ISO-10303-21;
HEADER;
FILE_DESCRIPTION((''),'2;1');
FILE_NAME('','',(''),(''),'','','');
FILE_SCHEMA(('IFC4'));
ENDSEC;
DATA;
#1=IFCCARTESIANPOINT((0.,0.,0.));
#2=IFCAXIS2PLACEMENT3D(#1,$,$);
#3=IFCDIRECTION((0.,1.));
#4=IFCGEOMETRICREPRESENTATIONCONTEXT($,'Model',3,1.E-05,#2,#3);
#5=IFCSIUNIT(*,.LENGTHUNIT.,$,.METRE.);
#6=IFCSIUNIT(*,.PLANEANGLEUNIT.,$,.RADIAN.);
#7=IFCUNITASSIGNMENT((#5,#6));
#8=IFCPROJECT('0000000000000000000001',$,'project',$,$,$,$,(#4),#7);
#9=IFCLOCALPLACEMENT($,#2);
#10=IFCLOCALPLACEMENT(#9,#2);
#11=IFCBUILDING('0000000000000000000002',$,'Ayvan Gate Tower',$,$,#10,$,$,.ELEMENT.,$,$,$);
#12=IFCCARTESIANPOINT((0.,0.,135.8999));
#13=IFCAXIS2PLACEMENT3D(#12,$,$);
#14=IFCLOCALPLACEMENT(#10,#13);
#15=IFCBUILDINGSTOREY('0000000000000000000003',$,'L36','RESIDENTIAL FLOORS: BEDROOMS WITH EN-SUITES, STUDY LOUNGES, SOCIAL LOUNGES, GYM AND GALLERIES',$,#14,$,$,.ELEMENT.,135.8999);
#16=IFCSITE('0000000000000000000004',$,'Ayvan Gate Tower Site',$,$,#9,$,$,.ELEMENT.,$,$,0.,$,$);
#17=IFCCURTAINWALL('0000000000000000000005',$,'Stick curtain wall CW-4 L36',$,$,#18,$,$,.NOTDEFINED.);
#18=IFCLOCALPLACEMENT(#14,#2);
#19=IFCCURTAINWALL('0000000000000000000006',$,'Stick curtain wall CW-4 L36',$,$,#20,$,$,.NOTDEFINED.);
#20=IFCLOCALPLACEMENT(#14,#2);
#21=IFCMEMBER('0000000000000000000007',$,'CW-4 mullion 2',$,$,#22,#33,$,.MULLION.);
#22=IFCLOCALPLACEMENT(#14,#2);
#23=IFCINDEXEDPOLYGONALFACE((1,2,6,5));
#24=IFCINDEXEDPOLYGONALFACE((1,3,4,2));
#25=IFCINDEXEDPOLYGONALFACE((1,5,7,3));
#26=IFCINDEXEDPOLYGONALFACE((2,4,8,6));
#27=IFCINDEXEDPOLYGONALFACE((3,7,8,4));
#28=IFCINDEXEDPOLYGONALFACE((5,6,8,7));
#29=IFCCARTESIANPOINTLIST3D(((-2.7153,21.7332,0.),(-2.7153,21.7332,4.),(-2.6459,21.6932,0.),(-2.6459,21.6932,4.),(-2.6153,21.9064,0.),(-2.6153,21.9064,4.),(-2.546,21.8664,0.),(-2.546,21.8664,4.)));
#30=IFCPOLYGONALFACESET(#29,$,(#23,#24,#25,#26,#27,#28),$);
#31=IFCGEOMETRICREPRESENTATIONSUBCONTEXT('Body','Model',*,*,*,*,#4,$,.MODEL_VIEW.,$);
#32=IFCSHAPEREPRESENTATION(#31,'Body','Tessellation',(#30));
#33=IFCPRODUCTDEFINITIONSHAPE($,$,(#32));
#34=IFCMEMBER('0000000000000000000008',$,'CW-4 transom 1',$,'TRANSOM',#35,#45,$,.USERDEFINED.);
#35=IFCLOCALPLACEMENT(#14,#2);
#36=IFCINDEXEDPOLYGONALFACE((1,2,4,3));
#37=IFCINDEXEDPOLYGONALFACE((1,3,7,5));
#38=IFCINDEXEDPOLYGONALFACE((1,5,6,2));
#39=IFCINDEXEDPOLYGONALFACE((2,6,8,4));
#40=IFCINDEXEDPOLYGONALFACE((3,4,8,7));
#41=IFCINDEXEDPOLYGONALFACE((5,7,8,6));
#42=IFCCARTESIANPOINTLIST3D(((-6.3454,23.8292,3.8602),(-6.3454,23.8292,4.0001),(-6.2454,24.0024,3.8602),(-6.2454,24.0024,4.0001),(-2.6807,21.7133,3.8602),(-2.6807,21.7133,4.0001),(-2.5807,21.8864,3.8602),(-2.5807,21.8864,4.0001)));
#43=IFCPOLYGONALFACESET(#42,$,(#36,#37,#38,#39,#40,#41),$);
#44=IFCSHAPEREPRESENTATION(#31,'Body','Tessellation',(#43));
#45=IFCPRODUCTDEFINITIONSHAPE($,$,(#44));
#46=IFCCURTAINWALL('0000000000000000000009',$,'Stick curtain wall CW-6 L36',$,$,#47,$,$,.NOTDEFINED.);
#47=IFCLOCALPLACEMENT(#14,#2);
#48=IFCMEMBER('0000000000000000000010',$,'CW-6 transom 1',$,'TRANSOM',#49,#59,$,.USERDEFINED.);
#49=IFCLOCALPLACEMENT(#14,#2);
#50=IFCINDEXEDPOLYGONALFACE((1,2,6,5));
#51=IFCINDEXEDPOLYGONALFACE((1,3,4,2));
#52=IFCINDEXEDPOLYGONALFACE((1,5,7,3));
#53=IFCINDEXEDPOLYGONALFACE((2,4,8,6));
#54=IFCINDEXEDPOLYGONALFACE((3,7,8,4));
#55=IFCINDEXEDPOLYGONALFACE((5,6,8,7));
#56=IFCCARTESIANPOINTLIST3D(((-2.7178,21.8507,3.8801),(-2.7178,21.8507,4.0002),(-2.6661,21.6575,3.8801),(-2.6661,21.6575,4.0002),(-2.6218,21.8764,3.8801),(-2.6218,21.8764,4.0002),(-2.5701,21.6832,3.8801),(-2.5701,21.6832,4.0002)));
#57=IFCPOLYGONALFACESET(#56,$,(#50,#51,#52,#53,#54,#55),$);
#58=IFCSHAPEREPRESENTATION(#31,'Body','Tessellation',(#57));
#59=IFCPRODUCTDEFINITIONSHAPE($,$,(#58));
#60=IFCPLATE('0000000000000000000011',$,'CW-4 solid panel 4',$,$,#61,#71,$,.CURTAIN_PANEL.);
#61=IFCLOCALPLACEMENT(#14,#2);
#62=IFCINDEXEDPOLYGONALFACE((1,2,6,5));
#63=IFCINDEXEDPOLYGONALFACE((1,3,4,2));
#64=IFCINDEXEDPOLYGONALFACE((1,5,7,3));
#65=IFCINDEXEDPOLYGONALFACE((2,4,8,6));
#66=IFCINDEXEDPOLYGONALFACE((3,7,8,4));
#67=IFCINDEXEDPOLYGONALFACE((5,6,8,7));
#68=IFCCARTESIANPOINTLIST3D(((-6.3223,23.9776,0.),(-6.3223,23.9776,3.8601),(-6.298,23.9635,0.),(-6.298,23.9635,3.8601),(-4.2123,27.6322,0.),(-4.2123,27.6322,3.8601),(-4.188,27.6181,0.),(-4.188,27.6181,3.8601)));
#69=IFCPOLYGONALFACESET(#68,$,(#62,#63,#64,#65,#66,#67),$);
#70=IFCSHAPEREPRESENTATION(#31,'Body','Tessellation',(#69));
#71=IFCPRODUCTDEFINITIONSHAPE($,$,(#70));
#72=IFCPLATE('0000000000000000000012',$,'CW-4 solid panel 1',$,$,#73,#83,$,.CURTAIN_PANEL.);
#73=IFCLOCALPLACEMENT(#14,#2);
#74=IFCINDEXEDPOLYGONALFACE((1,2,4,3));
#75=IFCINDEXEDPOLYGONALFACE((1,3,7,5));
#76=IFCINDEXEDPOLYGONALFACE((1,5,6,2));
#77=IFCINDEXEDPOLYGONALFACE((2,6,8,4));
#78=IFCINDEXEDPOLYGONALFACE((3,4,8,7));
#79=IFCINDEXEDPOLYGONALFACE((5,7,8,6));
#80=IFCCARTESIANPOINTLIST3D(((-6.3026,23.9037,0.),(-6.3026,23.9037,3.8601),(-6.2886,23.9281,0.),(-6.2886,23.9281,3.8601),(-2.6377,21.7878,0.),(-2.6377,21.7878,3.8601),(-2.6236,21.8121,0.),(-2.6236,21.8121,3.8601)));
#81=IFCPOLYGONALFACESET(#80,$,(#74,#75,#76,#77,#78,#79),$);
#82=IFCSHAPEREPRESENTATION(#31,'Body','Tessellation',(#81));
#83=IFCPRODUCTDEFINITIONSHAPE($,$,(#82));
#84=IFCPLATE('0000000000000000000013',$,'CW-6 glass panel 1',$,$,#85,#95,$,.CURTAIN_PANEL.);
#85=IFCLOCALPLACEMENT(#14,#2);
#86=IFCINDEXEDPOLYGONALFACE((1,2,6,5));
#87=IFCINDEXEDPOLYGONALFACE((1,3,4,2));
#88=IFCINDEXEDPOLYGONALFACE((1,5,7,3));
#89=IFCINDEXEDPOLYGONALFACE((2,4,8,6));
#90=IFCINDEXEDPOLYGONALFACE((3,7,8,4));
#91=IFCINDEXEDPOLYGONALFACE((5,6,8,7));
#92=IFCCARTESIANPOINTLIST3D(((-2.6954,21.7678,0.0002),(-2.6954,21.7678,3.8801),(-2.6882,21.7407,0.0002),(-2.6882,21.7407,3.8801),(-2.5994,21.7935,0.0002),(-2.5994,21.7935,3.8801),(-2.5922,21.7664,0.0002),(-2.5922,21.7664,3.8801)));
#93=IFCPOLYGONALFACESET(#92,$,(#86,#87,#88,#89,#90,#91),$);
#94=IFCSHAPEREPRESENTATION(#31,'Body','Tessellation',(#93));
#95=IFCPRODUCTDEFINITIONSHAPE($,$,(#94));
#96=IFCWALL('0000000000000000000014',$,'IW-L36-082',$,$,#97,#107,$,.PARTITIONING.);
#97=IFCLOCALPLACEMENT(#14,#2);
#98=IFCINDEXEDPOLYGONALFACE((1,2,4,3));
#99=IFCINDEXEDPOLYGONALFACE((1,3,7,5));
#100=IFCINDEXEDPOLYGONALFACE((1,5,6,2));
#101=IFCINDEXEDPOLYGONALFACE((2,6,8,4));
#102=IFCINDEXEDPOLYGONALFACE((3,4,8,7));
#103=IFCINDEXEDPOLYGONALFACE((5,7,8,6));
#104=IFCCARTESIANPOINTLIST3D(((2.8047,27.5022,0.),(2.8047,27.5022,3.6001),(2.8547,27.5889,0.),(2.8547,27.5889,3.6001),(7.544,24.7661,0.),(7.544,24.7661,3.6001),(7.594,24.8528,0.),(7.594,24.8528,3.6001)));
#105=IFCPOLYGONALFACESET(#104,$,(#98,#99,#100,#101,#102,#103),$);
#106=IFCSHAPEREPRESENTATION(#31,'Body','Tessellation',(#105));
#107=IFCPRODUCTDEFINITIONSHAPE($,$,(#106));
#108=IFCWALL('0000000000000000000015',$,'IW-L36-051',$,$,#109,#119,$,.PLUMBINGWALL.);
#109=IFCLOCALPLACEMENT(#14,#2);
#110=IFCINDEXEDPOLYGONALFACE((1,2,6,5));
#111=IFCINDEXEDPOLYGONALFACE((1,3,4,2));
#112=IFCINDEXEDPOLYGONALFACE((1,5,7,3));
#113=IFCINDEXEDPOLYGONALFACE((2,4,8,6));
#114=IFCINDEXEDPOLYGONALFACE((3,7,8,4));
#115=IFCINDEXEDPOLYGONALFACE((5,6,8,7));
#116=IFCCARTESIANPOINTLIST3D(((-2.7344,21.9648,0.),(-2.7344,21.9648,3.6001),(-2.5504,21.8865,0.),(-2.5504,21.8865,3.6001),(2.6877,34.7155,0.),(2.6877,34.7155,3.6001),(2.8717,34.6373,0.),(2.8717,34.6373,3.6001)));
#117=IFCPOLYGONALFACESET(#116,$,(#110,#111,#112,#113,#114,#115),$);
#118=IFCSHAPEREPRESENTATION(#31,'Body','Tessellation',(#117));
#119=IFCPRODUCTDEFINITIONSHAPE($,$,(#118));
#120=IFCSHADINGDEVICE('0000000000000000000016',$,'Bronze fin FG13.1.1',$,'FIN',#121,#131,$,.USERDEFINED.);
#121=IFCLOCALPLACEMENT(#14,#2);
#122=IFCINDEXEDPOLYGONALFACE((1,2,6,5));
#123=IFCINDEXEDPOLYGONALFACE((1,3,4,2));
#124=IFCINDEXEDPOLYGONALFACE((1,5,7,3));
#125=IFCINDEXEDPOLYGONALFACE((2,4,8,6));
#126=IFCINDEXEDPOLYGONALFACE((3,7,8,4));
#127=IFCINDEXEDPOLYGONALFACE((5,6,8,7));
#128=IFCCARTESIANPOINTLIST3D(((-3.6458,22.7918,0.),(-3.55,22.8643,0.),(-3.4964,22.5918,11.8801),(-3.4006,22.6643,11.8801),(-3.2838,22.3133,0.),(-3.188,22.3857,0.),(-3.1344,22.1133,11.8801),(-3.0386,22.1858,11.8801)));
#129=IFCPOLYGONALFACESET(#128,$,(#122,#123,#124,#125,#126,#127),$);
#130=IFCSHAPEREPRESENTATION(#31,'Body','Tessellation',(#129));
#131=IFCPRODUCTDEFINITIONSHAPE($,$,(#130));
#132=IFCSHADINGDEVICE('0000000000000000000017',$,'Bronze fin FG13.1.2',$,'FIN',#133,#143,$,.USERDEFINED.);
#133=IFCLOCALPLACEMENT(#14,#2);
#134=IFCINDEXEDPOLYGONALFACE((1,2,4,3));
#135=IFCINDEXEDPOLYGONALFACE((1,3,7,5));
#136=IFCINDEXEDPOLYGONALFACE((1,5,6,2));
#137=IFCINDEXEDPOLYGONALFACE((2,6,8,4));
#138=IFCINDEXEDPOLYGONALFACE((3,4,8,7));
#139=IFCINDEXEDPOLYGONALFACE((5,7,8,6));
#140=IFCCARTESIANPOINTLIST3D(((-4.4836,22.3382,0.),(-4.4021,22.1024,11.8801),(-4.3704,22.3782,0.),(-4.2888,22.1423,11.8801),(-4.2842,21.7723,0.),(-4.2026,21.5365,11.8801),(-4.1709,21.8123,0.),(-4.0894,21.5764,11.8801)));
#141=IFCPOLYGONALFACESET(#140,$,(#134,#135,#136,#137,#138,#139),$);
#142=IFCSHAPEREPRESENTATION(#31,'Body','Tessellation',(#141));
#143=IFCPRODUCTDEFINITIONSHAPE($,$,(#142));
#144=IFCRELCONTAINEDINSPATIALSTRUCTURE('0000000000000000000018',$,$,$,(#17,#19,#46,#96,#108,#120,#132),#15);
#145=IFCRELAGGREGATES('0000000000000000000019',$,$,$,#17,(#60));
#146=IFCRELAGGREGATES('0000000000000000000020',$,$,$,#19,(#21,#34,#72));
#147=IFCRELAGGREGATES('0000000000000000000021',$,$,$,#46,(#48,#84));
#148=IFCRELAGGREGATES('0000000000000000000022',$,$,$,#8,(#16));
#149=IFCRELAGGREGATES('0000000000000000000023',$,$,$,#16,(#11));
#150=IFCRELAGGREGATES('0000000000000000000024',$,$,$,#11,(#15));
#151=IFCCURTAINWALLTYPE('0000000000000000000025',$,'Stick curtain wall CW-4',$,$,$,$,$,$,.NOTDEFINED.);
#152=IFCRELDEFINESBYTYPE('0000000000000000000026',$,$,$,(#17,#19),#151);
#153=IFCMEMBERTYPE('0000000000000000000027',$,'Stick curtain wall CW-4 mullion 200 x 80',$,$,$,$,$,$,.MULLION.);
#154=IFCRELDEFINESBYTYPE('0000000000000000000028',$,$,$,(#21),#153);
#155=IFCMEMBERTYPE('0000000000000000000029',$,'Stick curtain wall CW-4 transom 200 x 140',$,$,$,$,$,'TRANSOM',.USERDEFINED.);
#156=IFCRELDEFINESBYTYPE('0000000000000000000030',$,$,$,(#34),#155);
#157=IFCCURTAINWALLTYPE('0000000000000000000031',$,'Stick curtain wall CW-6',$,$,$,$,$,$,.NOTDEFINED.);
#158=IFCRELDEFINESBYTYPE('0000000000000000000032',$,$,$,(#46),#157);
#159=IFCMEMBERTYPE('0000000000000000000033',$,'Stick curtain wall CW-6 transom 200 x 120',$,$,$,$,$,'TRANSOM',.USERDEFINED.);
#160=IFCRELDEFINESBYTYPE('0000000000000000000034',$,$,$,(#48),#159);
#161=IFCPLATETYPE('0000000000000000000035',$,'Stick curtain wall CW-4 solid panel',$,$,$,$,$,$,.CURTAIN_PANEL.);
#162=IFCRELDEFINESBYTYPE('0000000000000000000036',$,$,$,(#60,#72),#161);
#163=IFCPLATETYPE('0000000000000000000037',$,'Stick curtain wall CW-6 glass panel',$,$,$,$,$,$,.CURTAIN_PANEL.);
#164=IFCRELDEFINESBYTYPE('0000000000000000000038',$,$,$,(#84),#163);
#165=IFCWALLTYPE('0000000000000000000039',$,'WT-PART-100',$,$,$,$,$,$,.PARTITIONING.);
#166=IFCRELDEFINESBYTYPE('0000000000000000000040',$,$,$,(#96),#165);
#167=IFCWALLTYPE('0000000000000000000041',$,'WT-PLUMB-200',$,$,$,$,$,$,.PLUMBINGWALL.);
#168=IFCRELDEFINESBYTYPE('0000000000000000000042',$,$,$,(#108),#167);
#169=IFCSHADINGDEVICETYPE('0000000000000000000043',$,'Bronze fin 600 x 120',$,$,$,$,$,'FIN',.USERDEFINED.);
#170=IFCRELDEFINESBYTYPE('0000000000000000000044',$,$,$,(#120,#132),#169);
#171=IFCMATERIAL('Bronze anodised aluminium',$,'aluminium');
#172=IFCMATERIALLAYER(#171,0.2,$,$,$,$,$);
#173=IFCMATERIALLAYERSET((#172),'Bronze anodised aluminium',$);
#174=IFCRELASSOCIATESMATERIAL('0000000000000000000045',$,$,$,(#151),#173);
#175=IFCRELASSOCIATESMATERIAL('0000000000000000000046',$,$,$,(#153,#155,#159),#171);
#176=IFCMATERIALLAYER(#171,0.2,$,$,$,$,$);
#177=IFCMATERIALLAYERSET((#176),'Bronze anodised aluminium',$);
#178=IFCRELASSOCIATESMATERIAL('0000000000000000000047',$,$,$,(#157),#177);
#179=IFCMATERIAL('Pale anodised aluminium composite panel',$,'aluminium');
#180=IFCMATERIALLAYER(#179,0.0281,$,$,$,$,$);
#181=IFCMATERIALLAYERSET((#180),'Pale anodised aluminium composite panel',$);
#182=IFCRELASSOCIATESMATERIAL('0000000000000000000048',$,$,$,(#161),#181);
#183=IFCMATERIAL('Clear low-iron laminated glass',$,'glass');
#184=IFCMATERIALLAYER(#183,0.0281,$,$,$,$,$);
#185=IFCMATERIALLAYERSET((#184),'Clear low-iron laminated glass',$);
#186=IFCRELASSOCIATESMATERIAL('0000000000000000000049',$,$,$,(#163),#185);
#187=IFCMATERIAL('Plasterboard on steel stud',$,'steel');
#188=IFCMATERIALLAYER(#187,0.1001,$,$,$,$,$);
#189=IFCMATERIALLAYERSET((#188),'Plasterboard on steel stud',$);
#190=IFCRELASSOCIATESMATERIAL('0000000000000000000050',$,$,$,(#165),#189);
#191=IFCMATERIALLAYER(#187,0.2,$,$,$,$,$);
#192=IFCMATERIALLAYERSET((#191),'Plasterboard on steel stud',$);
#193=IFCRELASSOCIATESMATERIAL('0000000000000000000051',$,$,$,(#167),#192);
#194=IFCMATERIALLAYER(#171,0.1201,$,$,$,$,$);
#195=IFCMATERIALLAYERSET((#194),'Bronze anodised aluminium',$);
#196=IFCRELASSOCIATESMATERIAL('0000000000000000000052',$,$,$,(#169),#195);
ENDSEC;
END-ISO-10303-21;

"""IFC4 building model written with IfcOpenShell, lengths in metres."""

from ifc_helpers import new_model, si_unit, direction, frame, frame_2d, origin, origin_2d, place, context, subcontext, project, spatial, polyline, rectangle, outline, extrude, material, layer, layer_set, material_profile, profile_set, type_object, element, aggregate, save


model = new_model("IFC4")

# Units and contexts
model_context = context("Model", 3, precision=1e-05, world=origin(), true_north=direction((0.0, 1.0)))
body_context = subcontext(model_context, "Body", "Model", "MODEL_VIEW")
ifc_project = project(units=[si_unit("LENGTHUNIT", "METRE"), si_unit("PLANEANGLEUNIT", "RADIAN")], contexts=[model_context])

# Site, building, storey
site_placement = place(None, origin())
site = spatial("IfcSite", under=ifc_project, at=site_placement, Name="Ayvan Gate Tower Site", CompositionType="ELEMENT", RefElevation=0.0)
building_placement = place(site_placement, origin())
building = spatial("IfcBuilding", under=site, at=building_placement, Name="Ayvan Gate Tower", CompositionType="ELEMENT")
storey_placement = place(building_placement, frame((0.0, 0.0, 135.8999)))
storey = spatial("IfcBuildingStorey", under=building, at=storey_placement, Name="L36", Description="RESIDENTIAL FLOORS: BEDROOMS WITH EN-SUITES, STUDY LOUNGES, SOCIAL LOUNGES, GYM AND GALLERIES", CompositionType="ELEMENT", Elevation=135.8999)

# Shared definitions
ifc_material_1 = material(Name="Bronze anodised aluminium", Category="aluminium")

# Curtain walls, members
ifc_layer_1 = layer(ifc_material_1, 0.2)
ifc_layer_set_1 = layer_set([ifc_layer_1], Name="Bronze anodised aluminium")
curtain_wall_type_1 = type_object("IfcCurtainWallType", Name="Stick curtain wall CW-4", PredefinedType="NOTDEFINED", material=ifc_layer_set_1)
curtain_wall_1_placement = place(storey_placement, origin())
curtain_wall_1 = element("IfcCurtainWall", 1, at=curtain_wall_1_placement, inside=storey, type_object=curtain_wall_type_1, Name="Stick curtain wall CW-4 L36", PredefinedType="NOTDEFINED")
ifc_material_profile_1 = material_profile(ifc_material_1, rectangle(XDim=0.2, YDim=0.0801, at=origin_2d()), Name="Stick curtain wall CW-4 mullion 200 x 80")
ifc_profile_set_1 = profile_set([ifc_material_profile_1], Name="Bronze anodised aluminium")
member_type_1 = type_object("IfcMemberType", Name="Stick curtain wall CW-4 mullion 200 x 80", PredefinedType="MULLION", material=ifc_profile_set_1)
curtain_wall_2_placement = place(storey_placement, origin())
curtain_wall_2 = element("IfcCurtainWall", 2, at=curtain_wall_2_placement, inside=storey, type_object=curtain_wall_type_1, Name="Stick curtain wall CW-4 L36", PredefinedType="NOTDEFINED")
member_1_placement = place(storey_placement, frame((-2.6306, 21.7998, 0.0), z_axis=(0.0, 0.0, 1.0), x_axis=(-0.5, -0.866025, 0.0)))
member_1 = element("IfcMember", 3, at=member_1_placement, type_object=member_type_1, Name="CW-4 mullion 2", PredefinedType="MULLION", context=body_context, shape_type="SweptSolid", body=[
    extrude(rectangle(XDim=0.2, YDim=0.0801, at=origin_2d()), origin(), (0.0, 0.0, 1.0), 4.0),
])
ifc_material_profile_2 = material_profile(ifc_material_1, rectangle(XDim=0.2, YDim=0.1399, at=origin_2d()), Name="Stick curtain wall CW-4 transom 200 x 140")
ifc_profile_set_2 = profile_set([ifc_material_profile_2], Name="Bronze anodised aluminium")
member_type_2 = type_object("IfcMemberType", Name="Stick curtain wall CW-4 transom 200 x 140", ElementType="TRANSOM", PredefinedType="USERDEFINED", material=ifc_profile_set_2)
member_2_placement = place(storey_placement, frame((-6.2954, 23.9158, 3.9302), z_axis=(0.866016, -0.500017, 0.0), x_axis=(0.500017, 0.866016, 0.0)))
member_2 = element("IfcMember", 4, at=member_2_placement, type_object=member_type_2, Name="CW-4 transom 1", ObjectType="TRANSOM", PredefinedType="USERDEFINED", context=body_context, shape_type="SweptSolid", body=[
    extrude(rectangle(XDim=0.2, YDim=0.1399, at=origin_2d()), origin(), (0.0, 0.0, 1.0), 4.2317),
])

# Curtain wall, member
ifc_layer_2 = layer(ifc_material_1, 0.2)
ifc_layer_set_2 = layer_set([ifc_layer_2], Name="Bronze anodised aluminium")
curtain_wall_type_2 = type_object("IfcCurtainWallType", Name="Stick curtain wall CW-6", PredefinedType="NOTDEFINED", material=ifc_layer_set_2)
curtain_wall_3_placement = place(storey_placement, origin())
curtain_wall_3 = element("IfcCurtainWall", 5, at=curtain_wall_3_placement, inside=storey, type_object=curtain_wall_type_2, Name="Stick curtain wall CW-6 L36", PredefinedType="NOTDEFINED")
ifc_material_profile_3 = material_profile(ifc_material_1, rectangle(XDim=0.2, YDim=0.1201, at=origin_2d()), Name="Stick curtain wall CW-6 transom 200 x 120")
ifc_profile_set_3 = profile_set([ifc_material_profile_3], Name="Bronze anodised aluminium")
member_type_3 = type_object("IfcMemberType", Name="Stick curtain wall CW-6 transom 200 x 120", ElementType="TRANSOM", PredefinedType="USERDEFINED", material=ifc_profile_set_3)
member_3_placement = place(storey_placement, frame((-2.5959, 21.7798, 3.9402), z_axis=(-0.966112, -0.258122, 0.0), x_axis=(0.258122, -0.966112, 0.0)))
member_3 = element("IfcMember", 6, at=member_3_placement, type_object=member_type_3, Name="CW-6 transom 1", ObjectType="TRANSOM", PredefinedType="USERDEFINED", context=body_context, shape_type="SweptSolid", body=[
    extrude(rectangle(XDim=0.2, YDim=0.1201, at=origin_2d()), origin(), (0.0, 0.0, 1.0), 0.0994),
])

# Plates
ifc_material_2 = material(Name="Pale anodised aluminium composite panel", Category="aluminium")
ifc_layer_3 = layer(ifc_material_2, 0.0281)
ifc_layer_set_3 = layer_set([ifc_layer_3], Name="Pale anodised aluminium composite panel")
plate_type_1 = type_object("IfcPlateType", Name="Stick curtain wall CW-4 solid panel", PredefinedType="CURTAIN_PANEL", material=ifc_layer_set_3)
plate_1_placement = place(storey_placement, frame((-5.2551, 25.7979, 0.0), z_axis=(0.0, 0.0, 1.0), x_axis=(-0.5, -0.866025, 0.0)))
plate_1 = element("IfcPlate", 7, at=plate_1_placement, type_object=plate_type_1, Name="CW-4 solid panel 4", PredefinedType="CURTAIN_PANEL", context=body_context, shape_type="SweptSolid", body=[
    extrude(rectangle(XDim=4.22, YDim=0.0281, at=origin_2d()), origin(), (0.0, 0.0, 1.0), 3.8601),
])
aggregate(curtain_wall_1, [plate_1])
plate_2_placement = place(storey_placement, frame((-4.4631, 22.8579, 0.0), z_axis=(0.0, 0.0, 1.0), x_axis=(0.866025, -0.5, 0.0)))
plate_2 = element("IfcPlate", 8, at=plate_2_placement, type_object=plate_type_1, Name="CW-4 solid panel 1", PredefinedType="CURTAIN_PANEL", context=body_context, shape_type="SweptSolid", body=[
    extrude(rectangle(XDim=4.2319, YDim=0.0281, at=origin_2d()), origin(), (0.0, 0.0, 1.0), 3.8601),
])
aggregate(curtain_wall_2, [member_1, member_2, plate_2])
ifc_material_3 = material(Name="Clear low-iron laminated glass", Category="glass")
ifc_layer_4 = layer(ifc_material_3, 0.0281)
ifc_layer_set_4 = layer_set([ifc_layer_4], Name="Clear low-iron laminated glass")
plate_type_2 = type_object("IfcPlateType", Name="Stick curtain wall CW-6 glass panel", PredefinedType="CURTAIN_PANEL", material=ifc_layer_set_4)
plate_3_placement = place(storey_placement, frame((-2.6438, 21.7671, 0.0002), z_axis=(0.0, 0.0, 1.0), x_axis=(-0.965926, -0.258819, 0.0)))
plate_3 = element("IfcPlate", 9, at=plate_3_placement, type_object=plate_type_2, Name="CW-6 glass panel 1", PredefinedType="CURTAIN_PANEL", context=body_context, shape_type="SweptSolid", body=[
    extrude(rectangle(XDim=0.0994, YDim=0.0281, at=origin_2d()), origin(), (0.0, 0.0, 1.0), 3.8799),
])
aggregate(curtain_wall_3, [member_3, plate_3])

# Walls
ifc_material_4 = material(Name="Plasterboard on steel stud", Category="steel")
ifc_layer_5 = layer(ifc_material_4, 0.1001)
ifc_layer_set_5 = layer_set([ifc_layer_5], Name="Plasterboard on steel stud")
wall_type_1 = type_object("IfcWallType", Name="WT-PART-100", PredefinedType="PARTITIONING", material=ifc_layer_set_5)
wall_1_placement = place(storey_placement, frame((2.8296, 27.5457, 0.0), z_axis=(0.0, 0.0, 1.0), x_axis=(0.866036, -0.499982, 0.0)))
element("IfcWall", 10, at=wall_1_placement, inside=storey, type_object=wall_type_1, Name="IW-L36-082", PredefinedType="PARTITIONING", context=body_context, shape_type="SweptSolid", body=[
    extrude(rectangle(XDim=5.4724, YDim=0.1001, at=frame_2d((2.7363, 0.0))), origin(), (0.0, 0.0, 1.0), 3.6001),
])
ifc_layer_6 = layer(ifc_material_4, 0.2)
ifc_layer_set_6 = layer_set([ifc_layer_6], Name="Plasterboard on steel stud")
wall_type_2 = type_object("IfcWallType", Name="WT-PLUMB-200", PredefinedType="PLUMBINGWALL", material=ifc_layer_set_6)
wall_2_placement = place(storey_placement, frame((-2.6423, 21.9258, 0.0), z_axis=(0.0, 0.0, 1.0), x_axis=(0.391328, 0.920251, 0.0)))
element("IfcWall", 11, at=wall_2_placement, inside=storey, type_object=wall_type_2, Name="IW-L36-051", PredefinedType="PLUMBINGWALL", context=body_context, shape_type="SweptSolid", body=[
    extrude(rectangle(XDim=13.8557, YDim=0.2, at=frame_2d((6.9277, 0.0))), origin(), (0.0, 0.0, 1.0), 3.6001),
])

# Shading devices
ifc_layer_7 = layer(ifc_material_1, 0.1201)
ifc_layer_set_7 = layer_set([ifc_layer_7], Name="Bronze anodised aluminium")
shading_device_type = type_object("IfcShadingDeviceType", Name="Bronze fin 600 x 120", ElementType="FIN", PredefinedType="USERDEFINED", material=ifc_layer_set_7)
shading_device_1_placement = place(storey_placement, frame((-3.188, 22.3857, 0.0), z_axis=(0.797454, 0.60338, 0.000126), x_axis=(-0.60338, 0.797454, 0.0)))
element("IfcShadingDevice", 12, at=shading_device_1_placement, inside=storey, type_object=shading_device_type, Name="Bronze fin FG13.1.1", ObjectType="FIN", PredefinedType="USERDEFINED", context=body_context, shape_type="SweptSolid", body=[
    extrude(outline(polyline([(0.0, 0.0), (0.6001, 0.0), (0.3504, 11.8801), (-0.2496, 11.8801), (0.0, 0.0)])), origin(), (0.0, 0.0, -1.0), 0.1201),
])
shading_device_2_placement = place(storey_placement, frame((-4.1709, 21.8123, 0.0), z_axis=(0.943133, 0.332416, 0.000126), x_axis=(-0.332416, 0.943133, 0.0)))
element("IfcShadingDevice", 13, at=shading_device_2_placement, inside=storey, type_object=shading_device_type, Name="Bronze fin FG13.1.2", ObjectType="FIN", PredefinedType="USERDEFINED", context=body_context, shape_type="SweptSolid", body=[
    extrude(outline(polyline([(0.0, 0.0), (0.6, 0.0), (0.3505, 11.8801), (-0.2495, 11.8801), (0.0, 0.0)])), origin(), (0.0, 0.0, -1.0), 0.1201),
])

save(model, "model.ifc")
